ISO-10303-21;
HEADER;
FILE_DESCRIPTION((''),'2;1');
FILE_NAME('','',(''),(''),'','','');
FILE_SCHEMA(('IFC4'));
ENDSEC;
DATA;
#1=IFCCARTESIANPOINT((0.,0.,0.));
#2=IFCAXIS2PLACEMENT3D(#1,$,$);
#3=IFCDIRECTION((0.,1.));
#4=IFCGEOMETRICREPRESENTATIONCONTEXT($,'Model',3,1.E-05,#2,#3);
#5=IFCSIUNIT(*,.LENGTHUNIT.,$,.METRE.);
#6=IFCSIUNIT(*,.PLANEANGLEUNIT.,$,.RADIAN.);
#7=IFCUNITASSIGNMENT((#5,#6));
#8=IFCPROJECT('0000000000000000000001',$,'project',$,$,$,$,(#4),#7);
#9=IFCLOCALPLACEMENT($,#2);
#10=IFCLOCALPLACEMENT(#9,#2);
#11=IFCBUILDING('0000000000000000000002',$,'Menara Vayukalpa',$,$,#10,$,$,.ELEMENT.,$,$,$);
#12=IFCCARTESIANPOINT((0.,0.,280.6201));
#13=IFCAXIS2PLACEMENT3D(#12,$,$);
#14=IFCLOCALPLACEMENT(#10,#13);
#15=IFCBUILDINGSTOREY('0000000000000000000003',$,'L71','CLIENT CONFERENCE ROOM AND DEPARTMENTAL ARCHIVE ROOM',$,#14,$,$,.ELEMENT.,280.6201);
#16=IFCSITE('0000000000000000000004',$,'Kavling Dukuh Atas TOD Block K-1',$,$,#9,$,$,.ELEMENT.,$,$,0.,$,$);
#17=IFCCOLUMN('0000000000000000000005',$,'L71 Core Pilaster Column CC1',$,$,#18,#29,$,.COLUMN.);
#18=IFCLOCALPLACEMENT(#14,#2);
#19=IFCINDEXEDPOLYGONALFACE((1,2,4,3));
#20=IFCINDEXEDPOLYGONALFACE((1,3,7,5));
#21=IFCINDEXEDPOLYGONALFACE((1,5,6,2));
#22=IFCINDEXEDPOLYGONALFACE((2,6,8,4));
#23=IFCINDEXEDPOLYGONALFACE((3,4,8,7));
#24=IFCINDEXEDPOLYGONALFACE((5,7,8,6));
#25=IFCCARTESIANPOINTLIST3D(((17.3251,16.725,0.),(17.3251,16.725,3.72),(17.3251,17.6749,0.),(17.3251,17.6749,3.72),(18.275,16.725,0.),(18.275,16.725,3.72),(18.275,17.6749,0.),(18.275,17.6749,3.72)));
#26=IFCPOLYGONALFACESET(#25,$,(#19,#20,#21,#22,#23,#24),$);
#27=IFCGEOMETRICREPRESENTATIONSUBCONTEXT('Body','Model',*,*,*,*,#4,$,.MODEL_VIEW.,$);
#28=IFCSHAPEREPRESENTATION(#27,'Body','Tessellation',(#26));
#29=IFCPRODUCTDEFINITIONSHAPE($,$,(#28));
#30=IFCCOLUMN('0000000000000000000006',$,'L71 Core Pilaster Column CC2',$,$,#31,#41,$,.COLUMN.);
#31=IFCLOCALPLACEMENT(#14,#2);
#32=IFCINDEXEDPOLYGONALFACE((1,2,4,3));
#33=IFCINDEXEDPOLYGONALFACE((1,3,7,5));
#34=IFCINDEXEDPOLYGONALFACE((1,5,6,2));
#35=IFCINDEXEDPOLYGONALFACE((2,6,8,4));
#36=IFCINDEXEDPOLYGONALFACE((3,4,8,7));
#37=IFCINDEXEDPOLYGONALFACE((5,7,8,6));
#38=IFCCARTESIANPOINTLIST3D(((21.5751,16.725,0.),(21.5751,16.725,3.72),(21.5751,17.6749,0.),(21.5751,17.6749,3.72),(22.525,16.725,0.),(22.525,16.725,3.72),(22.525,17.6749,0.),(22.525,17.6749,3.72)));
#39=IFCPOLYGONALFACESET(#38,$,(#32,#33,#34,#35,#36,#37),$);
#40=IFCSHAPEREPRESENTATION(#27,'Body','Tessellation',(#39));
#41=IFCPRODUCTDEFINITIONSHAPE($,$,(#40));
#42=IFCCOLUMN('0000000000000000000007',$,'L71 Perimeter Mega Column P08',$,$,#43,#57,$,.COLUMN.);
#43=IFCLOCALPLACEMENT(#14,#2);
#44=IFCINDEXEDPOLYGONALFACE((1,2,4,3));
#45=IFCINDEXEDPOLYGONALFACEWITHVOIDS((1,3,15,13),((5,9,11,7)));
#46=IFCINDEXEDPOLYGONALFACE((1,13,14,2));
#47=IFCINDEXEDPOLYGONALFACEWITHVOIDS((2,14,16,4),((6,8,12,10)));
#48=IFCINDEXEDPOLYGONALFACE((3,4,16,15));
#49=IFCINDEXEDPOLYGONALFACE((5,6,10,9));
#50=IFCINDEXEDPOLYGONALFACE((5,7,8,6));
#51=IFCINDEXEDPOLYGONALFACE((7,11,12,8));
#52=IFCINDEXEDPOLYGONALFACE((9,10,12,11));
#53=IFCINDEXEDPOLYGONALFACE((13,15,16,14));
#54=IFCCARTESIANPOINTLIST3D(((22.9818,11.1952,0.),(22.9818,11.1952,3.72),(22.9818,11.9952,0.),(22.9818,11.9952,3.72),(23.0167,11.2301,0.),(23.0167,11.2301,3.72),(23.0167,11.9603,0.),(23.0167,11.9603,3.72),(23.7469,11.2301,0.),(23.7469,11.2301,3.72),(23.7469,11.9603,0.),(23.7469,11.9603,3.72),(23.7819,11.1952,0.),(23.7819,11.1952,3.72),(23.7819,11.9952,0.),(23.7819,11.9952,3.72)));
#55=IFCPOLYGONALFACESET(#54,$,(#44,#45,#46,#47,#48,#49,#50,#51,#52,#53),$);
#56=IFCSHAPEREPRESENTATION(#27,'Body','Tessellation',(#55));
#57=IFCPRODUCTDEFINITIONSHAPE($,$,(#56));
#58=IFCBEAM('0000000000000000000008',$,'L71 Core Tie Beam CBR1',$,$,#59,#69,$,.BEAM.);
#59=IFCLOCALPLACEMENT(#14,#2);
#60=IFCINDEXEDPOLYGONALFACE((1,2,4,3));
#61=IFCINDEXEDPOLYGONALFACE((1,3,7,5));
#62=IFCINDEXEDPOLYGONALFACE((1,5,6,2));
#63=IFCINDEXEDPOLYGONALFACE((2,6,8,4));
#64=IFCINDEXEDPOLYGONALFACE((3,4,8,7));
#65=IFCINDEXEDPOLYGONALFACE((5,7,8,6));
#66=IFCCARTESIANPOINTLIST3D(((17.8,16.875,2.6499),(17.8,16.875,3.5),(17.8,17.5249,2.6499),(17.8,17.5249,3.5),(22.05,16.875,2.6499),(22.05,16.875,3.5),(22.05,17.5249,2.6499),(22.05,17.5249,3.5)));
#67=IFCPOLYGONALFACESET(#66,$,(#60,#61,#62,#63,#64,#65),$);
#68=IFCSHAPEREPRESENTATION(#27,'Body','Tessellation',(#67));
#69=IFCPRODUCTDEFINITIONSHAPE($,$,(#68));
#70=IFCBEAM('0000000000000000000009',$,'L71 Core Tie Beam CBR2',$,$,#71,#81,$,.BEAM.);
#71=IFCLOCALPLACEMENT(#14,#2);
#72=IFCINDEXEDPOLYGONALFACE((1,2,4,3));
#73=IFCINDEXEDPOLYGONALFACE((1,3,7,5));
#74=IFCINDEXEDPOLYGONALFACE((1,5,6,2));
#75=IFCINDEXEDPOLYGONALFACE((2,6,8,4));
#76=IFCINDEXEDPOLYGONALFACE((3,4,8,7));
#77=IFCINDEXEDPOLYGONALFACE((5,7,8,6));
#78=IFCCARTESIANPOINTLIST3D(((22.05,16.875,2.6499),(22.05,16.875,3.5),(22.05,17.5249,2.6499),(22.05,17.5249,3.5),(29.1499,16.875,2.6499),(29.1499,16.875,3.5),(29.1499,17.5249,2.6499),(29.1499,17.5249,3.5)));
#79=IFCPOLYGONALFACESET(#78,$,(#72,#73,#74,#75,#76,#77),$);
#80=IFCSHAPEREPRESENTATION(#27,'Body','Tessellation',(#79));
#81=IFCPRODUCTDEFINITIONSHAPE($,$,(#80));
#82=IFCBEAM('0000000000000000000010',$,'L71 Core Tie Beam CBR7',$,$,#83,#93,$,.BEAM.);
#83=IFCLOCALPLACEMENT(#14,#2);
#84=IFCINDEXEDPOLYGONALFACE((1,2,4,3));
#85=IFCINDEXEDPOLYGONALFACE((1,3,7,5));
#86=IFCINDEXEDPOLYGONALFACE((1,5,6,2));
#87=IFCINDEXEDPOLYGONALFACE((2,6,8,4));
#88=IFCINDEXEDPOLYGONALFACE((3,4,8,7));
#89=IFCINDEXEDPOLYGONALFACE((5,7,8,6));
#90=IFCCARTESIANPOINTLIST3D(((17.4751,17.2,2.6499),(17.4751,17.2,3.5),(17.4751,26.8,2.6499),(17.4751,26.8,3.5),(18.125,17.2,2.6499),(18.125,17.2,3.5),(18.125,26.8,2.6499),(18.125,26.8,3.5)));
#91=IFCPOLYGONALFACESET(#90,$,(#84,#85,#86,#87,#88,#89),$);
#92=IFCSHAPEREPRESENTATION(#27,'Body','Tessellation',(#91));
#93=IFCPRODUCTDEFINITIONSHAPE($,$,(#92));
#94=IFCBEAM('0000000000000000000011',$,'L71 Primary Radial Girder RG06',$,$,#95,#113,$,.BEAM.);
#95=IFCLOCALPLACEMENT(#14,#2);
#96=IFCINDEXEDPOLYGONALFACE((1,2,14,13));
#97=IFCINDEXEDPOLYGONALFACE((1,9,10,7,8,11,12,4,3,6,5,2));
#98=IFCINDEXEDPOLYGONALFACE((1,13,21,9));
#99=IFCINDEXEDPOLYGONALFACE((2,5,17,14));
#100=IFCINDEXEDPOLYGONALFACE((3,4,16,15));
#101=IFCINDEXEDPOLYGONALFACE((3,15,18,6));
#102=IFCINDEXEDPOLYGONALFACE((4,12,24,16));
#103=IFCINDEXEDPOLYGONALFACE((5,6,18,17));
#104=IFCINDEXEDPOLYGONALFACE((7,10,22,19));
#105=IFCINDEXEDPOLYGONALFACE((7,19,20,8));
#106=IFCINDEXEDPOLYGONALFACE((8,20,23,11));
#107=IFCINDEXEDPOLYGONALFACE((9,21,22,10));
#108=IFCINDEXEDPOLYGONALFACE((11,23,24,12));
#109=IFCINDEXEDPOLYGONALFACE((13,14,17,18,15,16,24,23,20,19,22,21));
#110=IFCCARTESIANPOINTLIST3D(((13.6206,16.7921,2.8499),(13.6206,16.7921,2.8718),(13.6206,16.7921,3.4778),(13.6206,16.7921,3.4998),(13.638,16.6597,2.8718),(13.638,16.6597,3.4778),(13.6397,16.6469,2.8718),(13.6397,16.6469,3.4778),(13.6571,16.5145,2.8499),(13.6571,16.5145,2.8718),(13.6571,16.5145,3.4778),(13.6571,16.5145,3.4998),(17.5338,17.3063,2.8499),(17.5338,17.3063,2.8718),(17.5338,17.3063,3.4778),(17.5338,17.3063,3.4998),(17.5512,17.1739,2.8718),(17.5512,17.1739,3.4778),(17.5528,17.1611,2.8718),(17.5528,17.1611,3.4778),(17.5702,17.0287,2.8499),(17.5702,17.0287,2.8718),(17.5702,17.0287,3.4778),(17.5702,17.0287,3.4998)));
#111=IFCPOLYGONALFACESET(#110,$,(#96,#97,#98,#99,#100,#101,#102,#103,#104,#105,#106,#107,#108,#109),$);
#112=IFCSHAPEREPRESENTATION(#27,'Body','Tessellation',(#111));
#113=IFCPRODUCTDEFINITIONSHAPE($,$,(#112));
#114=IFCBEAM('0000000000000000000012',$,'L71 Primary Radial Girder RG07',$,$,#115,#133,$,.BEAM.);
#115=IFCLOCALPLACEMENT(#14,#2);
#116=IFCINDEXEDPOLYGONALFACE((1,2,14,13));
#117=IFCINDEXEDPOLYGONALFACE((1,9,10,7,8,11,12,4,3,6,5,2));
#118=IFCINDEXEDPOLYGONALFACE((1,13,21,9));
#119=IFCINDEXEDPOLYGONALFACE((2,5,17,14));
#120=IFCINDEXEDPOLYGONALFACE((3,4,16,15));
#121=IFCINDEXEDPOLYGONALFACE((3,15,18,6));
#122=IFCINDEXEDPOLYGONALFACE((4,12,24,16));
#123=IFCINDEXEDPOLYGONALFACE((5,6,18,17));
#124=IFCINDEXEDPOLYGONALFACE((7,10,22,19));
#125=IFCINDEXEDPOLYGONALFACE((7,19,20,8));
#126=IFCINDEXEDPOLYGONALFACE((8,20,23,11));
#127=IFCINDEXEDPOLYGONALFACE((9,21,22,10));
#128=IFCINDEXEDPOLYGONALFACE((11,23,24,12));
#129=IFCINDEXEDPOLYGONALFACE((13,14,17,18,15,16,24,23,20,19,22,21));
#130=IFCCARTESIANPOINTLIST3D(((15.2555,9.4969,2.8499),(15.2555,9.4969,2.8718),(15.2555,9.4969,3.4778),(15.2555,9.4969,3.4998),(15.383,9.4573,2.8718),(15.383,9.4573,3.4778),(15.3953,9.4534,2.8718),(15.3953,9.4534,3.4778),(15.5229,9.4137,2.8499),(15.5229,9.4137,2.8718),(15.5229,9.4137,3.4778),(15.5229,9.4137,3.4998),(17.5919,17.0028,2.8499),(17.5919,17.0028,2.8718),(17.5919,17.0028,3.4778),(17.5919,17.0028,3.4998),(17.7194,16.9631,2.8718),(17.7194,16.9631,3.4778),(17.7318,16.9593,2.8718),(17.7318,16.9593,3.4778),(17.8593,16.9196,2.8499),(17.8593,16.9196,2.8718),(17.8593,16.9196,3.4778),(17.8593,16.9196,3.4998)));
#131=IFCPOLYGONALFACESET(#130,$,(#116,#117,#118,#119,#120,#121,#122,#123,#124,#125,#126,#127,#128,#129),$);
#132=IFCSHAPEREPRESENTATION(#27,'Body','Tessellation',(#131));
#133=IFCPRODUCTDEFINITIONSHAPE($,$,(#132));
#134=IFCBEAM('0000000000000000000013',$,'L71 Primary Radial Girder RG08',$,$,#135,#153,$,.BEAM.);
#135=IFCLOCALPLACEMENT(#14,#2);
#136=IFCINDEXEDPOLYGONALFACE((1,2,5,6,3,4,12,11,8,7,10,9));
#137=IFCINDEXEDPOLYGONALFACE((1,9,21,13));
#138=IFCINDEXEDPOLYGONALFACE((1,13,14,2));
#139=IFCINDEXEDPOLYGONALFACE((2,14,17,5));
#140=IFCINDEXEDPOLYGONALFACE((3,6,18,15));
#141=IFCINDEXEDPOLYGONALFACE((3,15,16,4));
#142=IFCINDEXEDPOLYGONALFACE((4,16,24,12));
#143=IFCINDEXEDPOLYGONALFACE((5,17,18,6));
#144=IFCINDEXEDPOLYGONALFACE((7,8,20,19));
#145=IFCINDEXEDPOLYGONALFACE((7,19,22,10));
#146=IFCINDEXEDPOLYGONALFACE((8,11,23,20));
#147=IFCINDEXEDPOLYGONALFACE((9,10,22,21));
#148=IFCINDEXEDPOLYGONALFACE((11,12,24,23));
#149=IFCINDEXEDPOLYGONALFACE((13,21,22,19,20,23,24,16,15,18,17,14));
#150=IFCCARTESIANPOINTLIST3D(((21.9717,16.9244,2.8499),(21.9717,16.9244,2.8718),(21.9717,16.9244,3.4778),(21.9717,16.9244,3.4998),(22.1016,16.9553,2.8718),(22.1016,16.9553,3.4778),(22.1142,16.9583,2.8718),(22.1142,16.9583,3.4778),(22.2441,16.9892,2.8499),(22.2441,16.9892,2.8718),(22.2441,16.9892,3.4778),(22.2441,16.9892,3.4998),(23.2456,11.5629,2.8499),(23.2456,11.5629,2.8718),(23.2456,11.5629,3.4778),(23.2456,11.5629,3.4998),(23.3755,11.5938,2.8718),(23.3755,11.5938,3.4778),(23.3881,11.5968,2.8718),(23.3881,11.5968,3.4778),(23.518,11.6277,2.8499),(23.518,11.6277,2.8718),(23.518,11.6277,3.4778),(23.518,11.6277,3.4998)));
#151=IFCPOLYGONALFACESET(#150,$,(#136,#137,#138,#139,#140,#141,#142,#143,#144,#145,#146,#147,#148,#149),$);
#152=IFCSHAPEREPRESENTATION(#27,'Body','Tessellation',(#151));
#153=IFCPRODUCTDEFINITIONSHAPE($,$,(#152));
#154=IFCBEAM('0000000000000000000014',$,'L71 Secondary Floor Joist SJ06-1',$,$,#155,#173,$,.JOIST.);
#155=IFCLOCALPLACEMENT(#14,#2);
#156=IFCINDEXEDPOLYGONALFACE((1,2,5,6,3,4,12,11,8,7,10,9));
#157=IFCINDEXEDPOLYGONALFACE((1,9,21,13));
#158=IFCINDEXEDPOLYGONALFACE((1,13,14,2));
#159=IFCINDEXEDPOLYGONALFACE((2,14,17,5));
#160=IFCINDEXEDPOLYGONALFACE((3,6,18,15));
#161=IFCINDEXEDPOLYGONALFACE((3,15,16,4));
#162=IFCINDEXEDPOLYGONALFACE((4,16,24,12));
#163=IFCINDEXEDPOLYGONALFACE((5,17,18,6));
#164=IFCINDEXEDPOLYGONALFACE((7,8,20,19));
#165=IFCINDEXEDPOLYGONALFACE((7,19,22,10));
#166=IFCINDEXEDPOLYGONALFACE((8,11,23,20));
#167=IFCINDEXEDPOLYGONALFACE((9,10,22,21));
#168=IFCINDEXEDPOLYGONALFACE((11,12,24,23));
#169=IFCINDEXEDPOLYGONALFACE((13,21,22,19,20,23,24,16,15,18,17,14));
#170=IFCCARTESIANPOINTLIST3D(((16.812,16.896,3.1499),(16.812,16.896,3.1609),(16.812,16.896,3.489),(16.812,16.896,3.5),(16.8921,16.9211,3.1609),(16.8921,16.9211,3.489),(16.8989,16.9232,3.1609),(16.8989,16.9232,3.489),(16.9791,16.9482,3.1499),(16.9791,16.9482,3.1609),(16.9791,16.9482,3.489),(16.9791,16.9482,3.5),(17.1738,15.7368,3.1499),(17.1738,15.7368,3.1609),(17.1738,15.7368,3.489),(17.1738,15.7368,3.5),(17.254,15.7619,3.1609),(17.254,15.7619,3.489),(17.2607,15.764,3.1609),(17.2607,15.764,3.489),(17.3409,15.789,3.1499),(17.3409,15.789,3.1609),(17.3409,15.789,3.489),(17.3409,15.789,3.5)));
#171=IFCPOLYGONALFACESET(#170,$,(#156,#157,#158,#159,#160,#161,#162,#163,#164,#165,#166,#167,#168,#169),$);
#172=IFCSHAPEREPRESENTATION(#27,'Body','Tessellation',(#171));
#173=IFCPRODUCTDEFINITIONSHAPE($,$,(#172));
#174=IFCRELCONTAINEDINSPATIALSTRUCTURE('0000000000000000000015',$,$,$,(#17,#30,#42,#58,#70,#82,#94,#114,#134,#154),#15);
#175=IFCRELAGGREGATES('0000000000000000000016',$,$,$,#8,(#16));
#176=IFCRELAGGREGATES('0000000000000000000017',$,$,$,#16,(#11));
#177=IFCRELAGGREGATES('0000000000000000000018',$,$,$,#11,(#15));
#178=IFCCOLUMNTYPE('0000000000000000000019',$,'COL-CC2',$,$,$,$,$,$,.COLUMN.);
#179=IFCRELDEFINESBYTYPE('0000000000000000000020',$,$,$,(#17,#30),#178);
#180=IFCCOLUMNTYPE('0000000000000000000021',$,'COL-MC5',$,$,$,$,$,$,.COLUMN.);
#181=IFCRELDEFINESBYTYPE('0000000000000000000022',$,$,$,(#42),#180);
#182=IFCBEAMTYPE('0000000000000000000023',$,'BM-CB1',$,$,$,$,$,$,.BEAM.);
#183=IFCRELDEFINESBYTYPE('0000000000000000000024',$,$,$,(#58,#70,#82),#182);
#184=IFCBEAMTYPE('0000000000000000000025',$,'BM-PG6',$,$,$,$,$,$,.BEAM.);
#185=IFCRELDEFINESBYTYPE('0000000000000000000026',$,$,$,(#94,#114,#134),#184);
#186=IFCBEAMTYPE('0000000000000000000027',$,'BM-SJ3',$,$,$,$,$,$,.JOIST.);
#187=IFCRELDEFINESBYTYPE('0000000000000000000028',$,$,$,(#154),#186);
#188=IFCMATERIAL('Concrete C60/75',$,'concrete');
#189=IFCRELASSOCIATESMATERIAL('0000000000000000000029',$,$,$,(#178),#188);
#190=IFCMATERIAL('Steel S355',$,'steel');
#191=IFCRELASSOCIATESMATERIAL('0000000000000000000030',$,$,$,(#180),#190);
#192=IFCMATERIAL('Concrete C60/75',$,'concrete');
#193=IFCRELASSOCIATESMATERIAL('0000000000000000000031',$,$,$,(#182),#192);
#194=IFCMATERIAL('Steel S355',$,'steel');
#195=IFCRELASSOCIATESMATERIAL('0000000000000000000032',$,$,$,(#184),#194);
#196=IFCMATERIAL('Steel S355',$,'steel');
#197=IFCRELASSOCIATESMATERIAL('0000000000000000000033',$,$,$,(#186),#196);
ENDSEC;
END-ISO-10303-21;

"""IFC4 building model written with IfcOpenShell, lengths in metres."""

from ifc_helpers import new_model, si_unit, direction, frame, origin, origin_2d, place, context, subcontext, project, spatial, rectangle, hollow_rectangle, i_section, extrude, material, material_profile, profile_set, type_object, element, save


model = new_model("IFC4")

# Units and contexts
model_context = context("Model", 3, precision=1e-05, world=origin(), true_north=direction((0.0, 1.0)))
body_context = subcontext(model_context, "Body", "Model", "MODEL_VIEW")
ifc_project = project(units=[si_unit("LENGTHUNIT", "METRE"), si_unit("PLANEANGLEUNIT", "RADIAN")], contexts=[model_context])

# Site, building, storey
site_placement = place(None, origin())
site = spatial("IfcSite", under=ifc_project, at=site_placement, Name="Kavling Dukuh Atas TOD Block K-1", CompositionType="ELEMENT", RefElevation=0.0)
building_placement = place(site_placement, origin())
building = spatial("IfcBuilding", under=site, at=building_placement, Name="Menara Vayukalpa", CompositionType="ELEMENT")
storey_placement = place(building_placement, frame((0.0, 0.0, 280.6201)))
storey = spatial("IfcBuildingStorey", under=building, at=storey_placement, Name="L71", Description="CLIENT CONFERENCE ROOM AND DEPARTMENTAL ARCHIVE ROOM", CompositionType="ELEMENT", Elevation=280.6201)

# Columns
ifc_material_1 = material(Name="Concrete C60/75", Category="concrete")
ifc_material_profile_1 = material_profile(ifc_material_1, rectangle(XDim=0.95, YDim=0.95, at=origin_2d()), Name="RC 950x950")
ifc_profile_set_1 = profile_set([ifc_material_profile_1], Name="Concrete C60/75")
column_type_1 = type_object("IfcColumnType", Name="COL-CC2", PredefinedType="COLUMN", material=ifc_profile_set_1)
for number, where, z_axis, x_axis, name in (
    (1, (17.8, 17.2, 0.0), (0.0, 0.0, 1.0), (1.0, 0.0, 0.0), "L71 Core Pilaster Column CC1"),
    (2, (22.05, 17.2, 0.0), (0.0, 0.0, 1.0), (1.0, 0.0, 0.0), "L71 Core Pilaster Column CC2"),
):
    element("IfcColumn", number, at=place(storey_placement, frame(where, z_axis=z_axis, x_axis=x_axis)), inside=storey, type_object=column_type_1, Name=name, PredefinedType="COLUMN", context=body_context, shape_type="SweptSolid", body=[
        extrude(rectangle(XDim=0.95, YDim=0.95, at=origin_2d()), origin(), (0.0, 0.0, 1.0), 3.72),
    ])
ifc_material_2 = material(Name="Steel S355", Category="steel")
ifc_material_profile_2 = material_profile(ifc_material_2, hollow_rectangle(XDim=0.8, YDim=0.8, WallThickness=0.0349, at=origin_2d()), Name="BOX 800x800x35")
ifc_profile_set_2 = profile_set([ifc_material_profile_2], Name="Steel S355")
column_type_2 = type_object("IfcColumnType", Name="COL-MC5", PredefinedType="COLUMN", material=ifc_profile_set_2)
column_placement = place(storey_placement, frame((23.3818, 11.5952, 0.0), z_axis=(0.0, 0.0, 1.0), x_axis=(1.0, 0.0, 0.0)))
element("IfcColumn", 3, at=column_placement, inside=storey, type_object=column_type_2, Name="L71 Perimeter Mega Column P08", PredefinedType="COLUMN", context=body_context, shape_type="SweptSolid", body=[
    extrude(hollow_rectangle(XDim=0.8, YDim=0.8, WallThickness=0.0349, at=origin_2d()), origin(), (0.0, 0.0, 1.0), 3.72),
])

# Beams
ifc_material_3 = material(Name="Concrete C60/75", Category="concrete")
ifc_material_profile_3 = material_profile(ifc_material_3, rectangle(XDim=0.6499, YDim=0.8501, at=origin_2d()), Name="RC 650x850")
ifc_profile_set_3 = profile_set([ifc_material_profile_3], Name="Concrete C60/75")
beam_type_1 = type_object("IfcBeamType", Name="BM-CB1", PredefinedType="BEAM", material=ifc_profile_set_3)
beam_1_placement = place(storey_placement, frame((17.8, 17.2, 3.075), z_axis=(1.0, 0.0, 0.0), x_axis=(0.0, 1.0, 0.0)))
element("IfcBeam", 4, at=beam_1_placement, inside=storey, type_object=beam_type_1, Name="L71 Core Tie Beam CBR1", PredefinedType="BEAM", context=body_context, shape_type="SweptSolid", body=[
    extrude(rectangle(XDim=0.6499, YDim=0.8501, at=origin_2d()), origin(), (0.0, 0.0, 1.0), 4.25),
])
beam_2_placement = place(storey_placement, frame((22.05, 17.2, 3.075), z_axis=(1.0, 0.0, 0.0), x_axis=(0.0, 1.0, 0.0)))
element("IfcBeam", 5, at=beam_2_placement, inside=storey, type_object=beam_type_1, Name="L71 Core Tie Beam CBR2", PredefinedType="BEAM", context=body_context, shape_type="SweptSolid", body=[
    extrude(rectangle(XDim=0.6499, YDim=0.8501, at=origin_2d()), origin(), (0.0, 0.0, 1.0), 7.0999),
])
beam_3_placement = place(storey_placement, frame((17.8, 17.2, 3.075), z_axis=(0.0, 1.0, 0.0), x_axis=(-1.0, 0.0, 0.0)))
element("IfcBeam", 6, at=beam_3_placement, inside=storey, type_object=beam_type_1, Name="L71 Core Tie Beam CBR7", PredefinedType="BEAM", context=body_context, shape_type="SweptSolid", body=[
    extrude(rectangle(XDim=0.6499, YDim=0.8501, at=origin_2d()), origin(), (0.0, 0.0, 1.0), 9.6001),
])
ifc_material_4 = material(Name="Steel S355", Category="steel")
ifc_material_profile_4 = material_profile(ifc_material_4, i_section(OverallWidth=0.28, OverallDepth=0.6499, WebThickness=0.0129, FlangeThickness=0.022, at=origin_2d()), Name="WF 650x280x13x22")
ifc_profile_set_4 = profile_set([ifc_material_profile_4], Name="Steel S355")
beam_type_2 = type_object("IfcBeamType", Name="BM-PG6", PredefinedType="BEAM", material=ifc_profile_set_4)
beam_4_placement = place(storey_placement, frame((17.552, 17.1675, 3.1748), z_axis=(-0.991478, -0.130275, 0.0), x_axis=(0.130275, -0.991478, 0.0)))
element("IfcBeam", 7, at=beam_4_placement, inside=storey, type_object=beam_type_2, Name="L71 Primary Radial Girder RG06", PredefinedType="BEAM", context=body_context, shape_type="SweptSolid", body=[
    extrude(i_section(OverallWidth=0.28, OverallDepth=0.6499, WebThickness=0.0129, FlangeThickness=0.022, at=origin_2d()), origin(), (0.0, 0.0, 1.0), 3.9468),
])
beam_5_placement = place(storey_placement, frame((17.7256, 16.9612, 3.1748), z_axis=(-0.297214, -0.954811, 0.0), x_axis=(0.954811, -0.297214, 0.0)))
element("IfcBeam", 8, at=beam_5_placement, inside=storey, type_object=beam_type_2, Name="L71 Primary Radial Girder RG07", PredefinedType="BEAM", context=body_context, shape_type="SweptSolid", body=[
    extrude(i_section(OverallWidth=0.28, OverallDepth=0.6499, WebThickness=0.0129, FlangeThickness=0.022, at=origin_2d()), origin(), (0.0, 0.0, 1.0), 7.8611),
])
beam_6_placement = place(storey_placement, frame((22.1079, 16.9568, 3.1748), z_axis=(0.231167, -0.972914, 0.0), x_axis=(0.972914, 0.231167, 0.0)))
element("IfcBeam", 9, at=beam_6_placement, inside=storey, type_object=beam_type_2, Name="L71 Primary Radial Girder RG08", PredefinedType="BEAM", context=body_context, shape_type="SweptSolid", body=[
    extrude(i_section(OverallWidth=0.28, OverallDepth=0.6499, WebThickness=0.0129, FlangeThickness=0.022, at=origin_2d()), origin(), (0.0, 0.0, 1.0), 5.5107),
])
ifc_material_5 = material(Name="Steel S355", Category="steel")
ifc_material_profile_5 = material_profile(ifc_material_5, i_section(OverallWidth=0.175, OverallDepth=0.3501, WebThickness=0.0071, FlangeThickness=0.011, at=origin_2d()), Name="WF 350x175x7x11")
ifc_profile_set_5 = profile_set([ifc_material_profile_5], Name="Steel S355")
beam_type_3 = type_object("IfcBeamType", Name="BM-SJ3", PredefinedType="JOIST", material=ifc_profile_set_5)
beam_7_placement = place(storey_placement, frame((16.8955, 16.9221, 3.325), z_axis=(0.297954, -0.95458, 0.0), x_axis=(0.95458, 0.297954, 0.0)))
element("IfcBeam", 10, at=beam_7_placement, inside=storey, type_object=beam_type_3, Name="L71 Secondary Floor Joist SJ06-1", PredefinedType="JOIST", context=body_context, shape_type="SweptSolid", body=[
    extrude(i_section(OverallWidth=0.175, OverallDepth=0.3501, WebThickness=0.0071, FlangeThickness=0.011, at=origin_2d()), origin(), (0.0, 0.0, 1.0), 1.2144),
])

save(model, "model.ifc")
